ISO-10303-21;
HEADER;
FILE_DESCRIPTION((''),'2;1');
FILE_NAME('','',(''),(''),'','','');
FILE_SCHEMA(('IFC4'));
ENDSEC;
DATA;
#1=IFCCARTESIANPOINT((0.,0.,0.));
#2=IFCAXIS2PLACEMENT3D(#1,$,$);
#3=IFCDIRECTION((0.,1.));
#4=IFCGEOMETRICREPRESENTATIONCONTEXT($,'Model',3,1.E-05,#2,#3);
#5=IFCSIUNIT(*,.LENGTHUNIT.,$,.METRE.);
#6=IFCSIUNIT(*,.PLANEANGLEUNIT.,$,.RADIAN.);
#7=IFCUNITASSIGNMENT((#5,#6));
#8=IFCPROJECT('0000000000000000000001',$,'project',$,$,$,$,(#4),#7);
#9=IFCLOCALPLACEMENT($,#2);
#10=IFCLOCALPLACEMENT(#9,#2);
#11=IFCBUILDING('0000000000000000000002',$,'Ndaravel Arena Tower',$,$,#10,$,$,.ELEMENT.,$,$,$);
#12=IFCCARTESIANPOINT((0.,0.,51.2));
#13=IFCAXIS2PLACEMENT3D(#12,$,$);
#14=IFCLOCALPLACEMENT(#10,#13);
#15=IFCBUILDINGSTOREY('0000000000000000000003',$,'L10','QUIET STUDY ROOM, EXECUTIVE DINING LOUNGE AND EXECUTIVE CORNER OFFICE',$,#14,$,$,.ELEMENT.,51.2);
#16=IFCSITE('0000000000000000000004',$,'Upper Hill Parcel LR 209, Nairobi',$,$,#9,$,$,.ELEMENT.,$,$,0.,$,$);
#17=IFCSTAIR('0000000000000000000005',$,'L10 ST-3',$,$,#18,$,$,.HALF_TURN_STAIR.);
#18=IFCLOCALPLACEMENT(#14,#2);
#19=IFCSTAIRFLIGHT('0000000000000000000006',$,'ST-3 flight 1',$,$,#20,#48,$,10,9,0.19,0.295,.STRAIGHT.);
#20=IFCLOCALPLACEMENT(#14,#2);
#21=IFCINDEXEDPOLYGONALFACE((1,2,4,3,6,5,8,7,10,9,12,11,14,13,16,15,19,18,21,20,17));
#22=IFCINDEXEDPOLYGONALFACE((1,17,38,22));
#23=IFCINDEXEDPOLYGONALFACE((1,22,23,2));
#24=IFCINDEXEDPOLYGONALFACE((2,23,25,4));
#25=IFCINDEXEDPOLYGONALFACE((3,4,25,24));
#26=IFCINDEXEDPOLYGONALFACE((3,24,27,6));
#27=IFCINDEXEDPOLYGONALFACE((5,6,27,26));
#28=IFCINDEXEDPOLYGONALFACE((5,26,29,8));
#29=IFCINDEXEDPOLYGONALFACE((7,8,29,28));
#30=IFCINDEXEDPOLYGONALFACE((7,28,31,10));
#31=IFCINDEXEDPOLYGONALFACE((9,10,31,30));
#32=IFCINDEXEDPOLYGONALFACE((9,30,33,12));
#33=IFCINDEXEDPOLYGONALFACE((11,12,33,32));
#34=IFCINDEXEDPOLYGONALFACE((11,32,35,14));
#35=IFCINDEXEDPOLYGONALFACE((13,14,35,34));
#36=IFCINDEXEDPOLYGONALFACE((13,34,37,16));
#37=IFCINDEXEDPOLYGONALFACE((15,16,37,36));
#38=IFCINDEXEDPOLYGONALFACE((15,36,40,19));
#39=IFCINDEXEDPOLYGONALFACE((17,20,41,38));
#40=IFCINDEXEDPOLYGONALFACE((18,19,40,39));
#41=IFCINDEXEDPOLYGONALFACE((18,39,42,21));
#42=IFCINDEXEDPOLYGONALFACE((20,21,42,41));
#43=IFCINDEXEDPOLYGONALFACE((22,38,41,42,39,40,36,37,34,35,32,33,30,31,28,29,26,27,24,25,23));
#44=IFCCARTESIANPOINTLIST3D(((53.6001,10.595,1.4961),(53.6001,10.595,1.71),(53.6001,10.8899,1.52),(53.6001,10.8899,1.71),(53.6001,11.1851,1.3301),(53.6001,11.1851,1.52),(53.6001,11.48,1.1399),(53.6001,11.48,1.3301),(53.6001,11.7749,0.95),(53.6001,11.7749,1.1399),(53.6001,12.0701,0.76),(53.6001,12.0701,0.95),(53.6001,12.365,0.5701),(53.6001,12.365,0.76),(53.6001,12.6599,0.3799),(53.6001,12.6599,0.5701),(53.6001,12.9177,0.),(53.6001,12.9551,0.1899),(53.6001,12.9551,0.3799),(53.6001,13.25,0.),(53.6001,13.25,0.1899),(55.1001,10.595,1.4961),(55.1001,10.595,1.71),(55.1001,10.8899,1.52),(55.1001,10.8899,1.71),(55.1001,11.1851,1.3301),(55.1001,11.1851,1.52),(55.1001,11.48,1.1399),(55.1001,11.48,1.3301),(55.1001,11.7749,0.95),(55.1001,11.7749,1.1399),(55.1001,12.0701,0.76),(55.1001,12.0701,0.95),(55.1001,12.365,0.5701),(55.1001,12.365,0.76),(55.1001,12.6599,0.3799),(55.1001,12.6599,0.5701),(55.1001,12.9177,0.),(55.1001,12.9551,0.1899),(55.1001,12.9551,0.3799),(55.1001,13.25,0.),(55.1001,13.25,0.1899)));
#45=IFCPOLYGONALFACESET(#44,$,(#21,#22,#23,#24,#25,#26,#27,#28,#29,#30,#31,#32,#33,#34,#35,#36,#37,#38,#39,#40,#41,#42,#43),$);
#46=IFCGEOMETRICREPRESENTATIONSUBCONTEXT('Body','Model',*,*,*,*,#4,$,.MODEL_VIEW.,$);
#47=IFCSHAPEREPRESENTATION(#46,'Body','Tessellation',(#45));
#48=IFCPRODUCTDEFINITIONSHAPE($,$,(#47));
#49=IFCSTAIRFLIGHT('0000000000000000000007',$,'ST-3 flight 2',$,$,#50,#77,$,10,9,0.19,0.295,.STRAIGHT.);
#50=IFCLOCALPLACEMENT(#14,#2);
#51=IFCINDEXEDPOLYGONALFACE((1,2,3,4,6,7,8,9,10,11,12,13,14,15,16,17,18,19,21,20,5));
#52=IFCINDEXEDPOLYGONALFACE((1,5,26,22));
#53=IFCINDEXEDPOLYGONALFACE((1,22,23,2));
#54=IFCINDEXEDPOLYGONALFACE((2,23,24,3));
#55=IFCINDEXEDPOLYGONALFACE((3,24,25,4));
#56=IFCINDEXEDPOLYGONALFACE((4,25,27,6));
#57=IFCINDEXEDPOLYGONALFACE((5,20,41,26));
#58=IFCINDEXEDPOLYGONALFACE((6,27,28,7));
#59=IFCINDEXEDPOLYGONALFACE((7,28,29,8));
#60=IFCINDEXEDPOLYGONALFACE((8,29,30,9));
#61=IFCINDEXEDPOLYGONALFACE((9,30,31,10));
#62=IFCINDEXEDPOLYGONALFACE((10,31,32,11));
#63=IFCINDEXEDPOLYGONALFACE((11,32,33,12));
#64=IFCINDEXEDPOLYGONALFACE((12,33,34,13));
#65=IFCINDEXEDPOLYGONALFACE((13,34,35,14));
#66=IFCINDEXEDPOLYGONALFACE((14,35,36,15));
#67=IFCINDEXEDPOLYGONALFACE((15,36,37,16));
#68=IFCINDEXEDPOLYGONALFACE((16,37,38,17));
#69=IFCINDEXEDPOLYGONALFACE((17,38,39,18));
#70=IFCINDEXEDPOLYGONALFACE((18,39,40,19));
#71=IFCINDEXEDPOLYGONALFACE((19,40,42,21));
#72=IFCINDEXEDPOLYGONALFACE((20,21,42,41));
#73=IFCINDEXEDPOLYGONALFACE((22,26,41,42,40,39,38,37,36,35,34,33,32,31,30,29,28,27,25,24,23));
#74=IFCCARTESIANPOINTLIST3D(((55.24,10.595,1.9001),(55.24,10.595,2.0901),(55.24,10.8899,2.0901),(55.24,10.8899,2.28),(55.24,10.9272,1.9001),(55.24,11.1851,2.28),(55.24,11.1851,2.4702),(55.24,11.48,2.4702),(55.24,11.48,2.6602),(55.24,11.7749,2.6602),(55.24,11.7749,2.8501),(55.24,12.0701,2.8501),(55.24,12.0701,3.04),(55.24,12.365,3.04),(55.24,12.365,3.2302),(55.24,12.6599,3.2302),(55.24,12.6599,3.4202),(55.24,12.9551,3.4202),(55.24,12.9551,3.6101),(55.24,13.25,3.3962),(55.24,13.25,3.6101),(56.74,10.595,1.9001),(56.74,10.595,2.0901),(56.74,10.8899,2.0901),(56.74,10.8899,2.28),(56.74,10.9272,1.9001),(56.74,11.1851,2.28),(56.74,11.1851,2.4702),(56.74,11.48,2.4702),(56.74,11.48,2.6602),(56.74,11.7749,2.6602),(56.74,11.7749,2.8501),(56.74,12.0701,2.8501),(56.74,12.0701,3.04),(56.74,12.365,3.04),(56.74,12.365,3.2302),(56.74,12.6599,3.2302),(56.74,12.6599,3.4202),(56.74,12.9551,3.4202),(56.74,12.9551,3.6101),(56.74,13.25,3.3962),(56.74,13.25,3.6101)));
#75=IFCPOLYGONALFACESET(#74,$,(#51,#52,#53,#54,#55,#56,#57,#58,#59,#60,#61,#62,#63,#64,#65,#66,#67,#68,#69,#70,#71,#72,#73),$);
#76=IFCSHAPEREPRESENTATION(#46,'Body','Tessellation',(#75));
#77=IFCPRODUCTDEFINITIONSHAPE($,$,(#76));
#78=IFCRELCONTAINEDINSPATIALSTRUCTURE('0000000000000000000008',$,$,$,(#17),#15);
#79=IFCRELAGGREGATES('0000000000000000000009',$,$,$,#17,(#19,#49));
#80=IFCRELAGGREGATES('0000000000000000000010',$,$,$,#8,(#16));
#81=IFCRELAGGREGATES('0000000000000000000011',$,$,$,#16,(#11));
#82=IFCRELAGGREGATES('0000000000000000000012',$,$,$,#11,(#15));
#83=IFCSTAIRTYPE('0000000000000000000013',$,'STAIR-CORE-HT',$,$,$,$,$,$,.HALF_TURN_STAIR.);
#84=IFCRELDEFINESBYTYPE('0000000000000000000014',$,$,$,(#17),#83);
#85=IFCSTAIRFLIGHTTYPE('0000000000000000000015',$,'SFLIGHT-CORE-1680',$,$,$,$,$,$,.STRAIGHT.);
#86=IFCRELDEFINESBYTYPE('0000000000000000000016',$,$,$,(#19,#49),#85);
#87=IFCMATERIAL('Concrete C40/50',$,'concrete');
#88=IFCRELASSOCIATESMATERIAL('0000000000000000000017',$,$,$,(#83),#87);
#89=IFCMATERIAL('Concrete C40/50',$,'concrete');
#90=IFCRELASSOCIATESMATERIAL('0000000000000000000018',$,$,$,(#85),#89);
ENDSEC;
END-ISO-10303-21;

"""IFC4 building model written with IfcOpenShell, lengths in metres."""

from ifc_helpers import new_model, si_unit, direction, frame, origin, place, context, subcontext, project, spatial, polyline, outline, extrude, material, type_object, element, aggregate, save


model = new_model("IFC4")

# Units and contexts
model_context = context("Model", 3, precision=1e-05, world=origin(), true_north=direction((0.0, 1.0)))
body_context = subcontext(model_context, "Body", "Model", "MODEL_VIEW")
ifc_project = project(units=[si_unit("LENGTHUNIT", "METRE"), si_unit("PLANEANGLEUNIT", "RADIAN")], contexts=[model_context])

# Site, building, storey
site_placement = place(None, origin())
site = spatial("IfcSite", under=ifc_project, at=site_placement, Name="Upper Hill Parcel LR 209, Nairobi", CompositionType="ELEMENT", RefElevation=0.0)
building_placement = place(site_placement, origin())
building = spatial("IfcBuilding", under=site, at=building_placement, Name="Ndaravel Arena Tower", CompositionType="ELEMENT")
storey_placement = place(building_placement, frame((0.0, 0.0, 51.2)))
storey = spatial("IfcBuildingStorey", under=building, at=storey_placement, Name="L10", Description="QUIET STUDY ROOM, EXECUTIVE DINING LOUNGE AND EXECUTIVE CORNER OFFICE", CompositionType="ELEMENT", Elevation=51.2)

# Stair, stair flights
ifc_material_1 = material(Name="Concrete C40/50", Category="concrete")
stair_type = type_object("IfcStairType", Name="STAIR-CORE-HT", PredefinedType="HALF_TURN_STAIR", material=ifc_material_1)
stair_placement = place(storey_placement, origin())
stair = element("IfcStair", 1, at=stair_placement, inside=storey, type_object=stair_type, Name="L10 ST-3", PredefinedType="HALF_TURN_STAIR")
ifc_material_2 = material(Name="Concrete C40/50", Category="concrete")
stair_flight_type = type_object("IfcStairFlightType", Name="SFLIGHT-CORE-1680", PredefinedType="STRAIGHT", material=ifc_material_2)
stair_flight_1_placement = place(storey_placement, frame((54.3501, 13.25, 0.0), z_axis=(0.0, 0.0, 1.0), x_axis=(0.0, -1.0, 0.0)))
stair_flight_1 = element("IfcStairFlight", 2, at=stair_flight_1_placement, type_object=stair_flight_type, Name="ST-3 flight 1", NumberOfRisers=10, NumberOfTreads=9, PredefinedType="STRAIGHT", RiserHeight=0.19, TreadLength=0.295, context=body_context, shape_type="SweptSolid", body=[
    extrude(outline(polyline([(0.0, 0.0), (0.0, 0.1899), (0.2949, 0.1899), (0.2949, 0.3799), (0.5901, 0.3799), (0.5901, 0.5701), (0.885, 0.5701), (0.885, 0.76), (1.1799, 0.76), (1.1799, 0.95), (1.4751, 0.95), (1.4751, 1.1399), (1.77, 1.1399), (1.77, 1.3301), (2.0649, 1.3301), (2.0649, 1.52), (2.3601, 1.52), (2.3601, 1.71), (2.655, 1.71), (2.655, 1.8999), (2.655, 1.4961), (0.3323, 0.0), (0.0, 0.0)])), frame((0.0, 0.75, 0.0), z_axis=(0.0, -1.0, 0.0), x_axis=(1.0, 0.0, 0.0)), (0.0, 0.0, 1.0), 1.5),
])
stair_flight_2_placement = place(storey_placement, frame((55.99, 10.595, 1.9001), z_axis=(0.0, 0.0, 1.0), x_axis=(0.0, 1.0, 0.0)))
stair_flight_2 = element("IfcStairFlight", 3, at=stair_flight_2_placement, type_object=stair_flight_type, Name="ST-3 flight 2", NumberOfRisers=10, NumberOfTreads=9, PredefinedType="STRAIGHT", RiserHeight=0.19, TreadLength=0.295, context=body_context, shape_type="SweptSolid", body=[
    extrude(outline(polyline([(0.0, 0.0), (0.0, 0.1899), (0.2949, 0.1899), (0.2949, 0.3799), (0.5901, 0.3799), (0.5901, 0.5701), (0.885, 0.5701), (0.885, 0.76), (1.1799, 0.76), (1.1799, 0.95), (1.4751, 0.95), (1.4751, 1.1399), (1.77, 1.1399), (1.77, 1.3301), (2.0649, 1.3301), (2.0649, 1.52), (2.3601, 1.52), (2.3601, 1.71), (2.655, 1.71), (2.655, 1.8999), (2.655, 1.4961), (0.3323, 0.0), (0.0, 0.0)])), frame((0.0, 0.75, 0.0), z_axis=(0.0, -1.0, 0.0), x_axis=(1.0, 0.0, 0.0)), (0.0, 0.0, 1.0), 1.5),
])
aggregate(stair, [stair_flight_1, stair_flight_2])

save(model, "model.ifc")
